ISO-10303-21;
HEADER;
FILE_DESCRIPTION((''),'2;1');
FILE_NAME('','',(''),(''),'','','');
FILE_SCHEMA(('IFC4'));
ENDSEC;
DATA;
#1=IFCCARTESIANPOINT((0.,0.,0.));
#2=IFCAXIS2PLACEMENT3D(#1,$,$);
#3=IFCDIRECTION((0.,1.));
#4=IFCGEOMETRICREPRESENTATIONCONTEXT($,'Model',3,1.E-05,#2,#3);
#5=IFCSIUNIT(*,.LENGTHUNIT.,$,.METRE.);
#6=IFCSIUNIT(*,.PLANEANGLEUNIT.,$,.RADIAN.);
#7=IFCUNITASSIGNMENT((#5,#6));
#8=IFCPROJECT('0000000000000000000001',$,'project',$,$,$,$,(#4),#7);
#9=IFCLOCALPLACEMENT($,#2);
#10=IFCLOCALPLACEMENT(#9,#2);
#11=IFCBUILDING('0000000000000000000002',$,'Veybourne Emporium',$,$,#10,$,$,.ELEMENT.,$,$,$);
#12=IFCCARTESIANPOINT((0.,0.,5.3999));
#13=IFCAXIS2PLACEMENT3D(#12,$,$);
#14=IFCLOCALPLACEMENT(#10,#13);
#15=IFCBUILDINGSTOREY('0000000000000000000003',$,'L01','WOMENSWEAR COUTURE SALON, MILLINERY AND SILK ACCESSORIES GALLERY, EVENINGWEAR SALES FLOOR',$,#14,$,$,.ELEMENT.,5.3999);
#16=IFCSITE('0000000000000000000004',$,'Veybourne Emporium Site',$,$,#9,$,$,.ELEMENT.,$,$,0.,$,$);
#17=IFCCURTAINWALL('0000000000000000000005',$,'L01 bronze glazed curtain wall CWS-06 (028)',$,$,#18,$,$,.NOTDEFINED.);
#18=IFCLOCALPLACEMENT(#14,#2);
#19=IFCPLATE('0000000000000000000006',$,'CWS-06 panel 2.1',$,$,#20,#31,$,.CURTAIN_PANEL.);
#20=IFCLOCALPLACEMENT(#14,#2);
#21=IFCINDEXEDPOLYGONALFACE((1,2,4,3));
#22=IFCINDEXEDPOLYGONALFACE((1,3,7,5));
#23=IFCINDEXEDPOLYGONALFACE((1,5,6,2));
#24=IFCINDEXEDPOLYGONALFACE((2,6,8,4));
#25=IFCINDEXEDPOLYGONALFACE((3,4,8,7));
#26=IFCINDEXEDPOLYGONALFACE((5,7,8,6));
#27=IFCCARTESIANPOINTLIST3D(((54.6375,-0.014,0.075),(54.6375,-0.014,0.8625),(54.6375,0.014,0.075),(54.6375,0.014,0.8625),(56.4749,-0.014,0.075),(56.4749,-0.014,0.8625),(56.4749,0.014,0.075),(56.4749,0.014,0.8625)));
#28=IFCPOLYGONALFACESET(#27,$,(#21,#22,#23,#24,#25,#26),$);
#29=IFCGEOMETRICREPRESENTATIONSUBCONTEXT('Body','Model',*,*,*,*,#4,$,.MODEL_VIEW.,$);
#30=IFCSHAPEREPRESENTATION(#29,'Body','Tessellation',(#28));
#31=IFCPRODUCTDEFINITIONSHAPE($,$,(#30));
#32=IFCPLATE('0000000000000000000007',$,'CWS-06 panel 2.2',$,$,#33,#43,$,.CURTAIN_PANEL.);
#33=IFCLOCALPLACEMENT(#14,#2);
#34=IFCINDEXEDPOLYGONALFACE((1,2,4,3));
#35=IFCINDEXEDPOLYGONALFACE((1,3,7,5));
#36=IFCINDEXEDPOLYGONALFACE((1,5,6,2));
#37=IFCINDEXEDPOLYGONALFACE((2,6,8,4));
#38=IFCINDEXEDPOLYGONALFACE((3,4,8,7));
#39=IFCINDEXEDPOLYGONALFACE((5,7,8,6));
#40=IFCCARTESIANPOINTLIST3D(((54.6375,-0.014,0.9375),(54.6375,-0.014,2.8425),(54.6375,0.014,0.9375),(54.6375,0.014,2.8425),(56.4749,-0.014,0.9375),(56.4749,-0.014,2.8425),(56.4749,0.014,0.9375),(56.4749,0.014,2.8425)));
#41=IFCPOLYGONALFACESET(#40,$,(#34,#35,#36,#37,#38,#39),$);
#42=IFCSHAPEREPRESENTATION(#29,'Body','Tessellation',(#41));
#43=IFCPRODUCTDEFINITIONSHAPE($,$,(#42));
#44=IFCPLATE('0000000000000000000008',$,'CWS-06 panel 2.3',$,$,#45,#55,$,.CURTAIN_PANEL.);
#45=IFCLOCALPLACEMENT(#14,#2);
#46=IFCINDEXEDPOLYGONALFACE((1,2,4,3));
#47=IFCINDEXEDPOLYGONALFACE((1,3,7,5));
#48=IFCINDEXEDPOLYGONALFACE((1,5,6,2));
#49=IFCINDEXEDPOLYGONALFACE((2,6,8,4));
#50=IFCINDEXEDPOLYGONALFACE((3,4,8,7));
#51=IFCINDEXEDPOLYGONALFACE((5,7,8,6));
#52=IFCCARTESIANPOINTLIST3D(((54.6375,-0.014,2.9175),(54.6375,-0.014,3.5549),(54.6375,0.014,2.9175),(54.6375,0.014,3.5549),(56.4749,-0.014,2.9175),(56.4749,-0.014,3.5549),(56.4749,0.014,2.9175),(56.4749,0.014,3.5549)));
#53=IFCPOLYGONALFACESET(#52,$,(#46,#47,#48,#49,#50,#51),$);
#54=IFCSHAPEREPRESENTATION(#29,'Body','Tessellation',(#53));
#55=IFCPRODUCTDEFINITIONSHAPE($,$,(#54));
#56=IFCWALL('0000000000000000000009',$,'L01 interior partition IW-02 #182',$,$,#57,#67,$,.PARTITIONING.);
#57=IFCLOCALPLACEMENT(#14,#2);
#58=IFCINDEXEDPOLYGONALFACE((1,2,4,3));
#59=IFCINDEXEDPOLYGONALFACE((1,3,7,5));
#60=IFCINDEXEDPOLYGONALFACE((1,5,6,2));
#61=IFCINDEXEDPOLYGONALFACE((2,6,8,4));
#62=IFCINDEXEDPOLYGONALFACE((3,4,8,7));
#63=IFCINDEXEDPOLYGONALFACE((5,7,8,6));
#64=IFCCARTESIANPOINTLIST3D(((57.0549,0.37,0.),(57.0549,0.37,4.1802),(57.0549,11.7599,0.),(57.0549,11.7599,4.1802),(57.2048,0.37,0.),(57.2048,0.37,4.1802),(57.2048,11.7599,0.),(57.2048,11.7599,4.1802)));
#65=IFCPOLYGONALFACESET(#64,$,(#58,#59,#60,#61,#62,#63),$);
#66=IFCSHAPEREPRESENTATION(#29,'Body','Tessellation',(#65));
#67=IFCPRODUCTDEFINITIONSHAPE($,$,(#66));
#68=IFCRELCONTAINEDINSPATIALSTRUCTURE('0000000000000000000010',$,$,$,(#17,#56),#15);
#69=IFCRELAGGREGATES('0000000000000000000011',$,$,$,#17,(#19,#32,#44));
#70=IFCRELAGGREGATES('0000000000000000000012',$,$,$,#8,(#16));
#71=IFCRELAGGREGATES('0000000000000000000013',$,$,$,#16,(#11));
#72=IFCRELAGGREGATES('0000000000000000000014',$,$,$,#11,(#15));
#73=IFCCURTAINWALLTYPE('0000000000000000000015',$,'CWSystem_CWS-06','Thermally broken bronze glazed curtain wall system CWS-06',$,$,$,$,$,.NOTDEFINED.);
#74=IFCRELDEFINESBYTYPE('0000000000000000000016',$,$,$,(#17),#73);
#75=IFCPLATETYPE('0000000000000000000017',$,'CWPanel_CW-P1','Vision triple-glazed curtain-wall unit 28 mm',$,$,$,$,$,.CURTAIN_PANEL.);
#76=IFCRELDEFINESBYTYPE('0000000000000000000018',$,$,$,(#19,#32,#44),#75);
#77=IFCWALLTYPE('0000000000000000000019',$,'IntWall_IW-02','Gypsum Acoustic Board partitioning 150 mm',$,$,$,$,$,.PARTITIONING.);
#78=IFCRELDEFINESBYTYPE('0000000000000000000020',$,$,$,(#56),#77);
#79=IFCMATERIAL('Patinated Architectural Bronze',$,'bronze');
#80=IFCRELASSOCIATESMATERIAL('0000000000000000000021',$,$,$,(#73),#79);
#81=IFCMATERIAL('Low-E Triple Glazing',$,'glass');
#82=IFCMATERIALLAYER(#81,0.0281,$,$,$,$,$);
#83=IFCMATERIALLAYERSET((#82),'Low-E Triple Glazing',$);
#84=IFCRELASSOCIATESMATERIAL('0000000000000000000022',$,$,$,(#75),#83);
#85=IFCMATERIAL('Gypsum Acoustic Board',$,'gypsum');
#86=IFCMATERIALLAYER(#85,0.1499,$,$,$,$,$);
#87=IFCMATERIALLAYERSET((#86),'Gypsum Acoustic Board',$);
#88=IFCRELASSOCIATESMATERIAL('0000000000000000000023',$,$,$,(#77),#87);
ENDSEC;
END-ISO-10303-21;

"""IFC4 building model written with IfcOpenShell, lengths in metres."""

from ifc_helpers import new_model, si_unit, direction, frame, frame_2d, origin, origin_2d, place, context, subcontext, project, spatial, rectangle, extrude, material, layer, layer_set, type_object, element, aggregate, save


model = new_model("IFC4")

# Units and contexts
model_context = context("Model", 3, precision=1e-05, world=origin(), true_north=direction((0.0, 1.0)))
body_context = subcontext(model_context, "Body", "Model", "MODEL_VIEW")
ifc_project = project(units=[si_unit("LENGTHUNIT", "METRE"), si_unit("PLANEANGLEUNIT", "RADIAN")], contexts=[model_context])

# Site, building, storey
site_placement = place(None, origin())
site = spatial("IfcSite", under=ifc_project, at=site_placement, Name="Veybourne Emporium Site", CompositionType="ELEMENT", RefElevation=0.0)
building_placement = place(site_placement, origin())
building = spatial("IfcBuilding", under=site, at=building_placement, Name="Veybourne Emporium", CompositionType="ELEMENT")
storey_placement = place(building_placement, frame((0.0, 0.0, 5.3999)))
storey = spatial("IfcBuildingStorey", under=building, at=storey_placement, Name="L01", Description="WOMENSWEAR COUTURE SALON, MILLINERY AND SILK ACCESSORIES GALLERY, EVENINGWEAR SALES FLOOR", CompositionType="ELEMENT", Elevation=5.3999)

# Curtain wall
ifc_material_1 = material(Name="Patinated Architectural Bronze", Category="bronze")
curtain_wall_type = type_object("IfcCurtainWallType", Name="CWSystem_CWS-06", Description="Thermally broken bronze glazed curtain wall system CWS-06", PredefinedType="NOTDEFINED", material=ifc_material_1)
curtain_wall_placement = place(storey_placement, origin())
curtain_wall = element("IfcCurtainWall", 1, at=curtain_wall_placement, inside=storey, type_object=curtain_wall_type, Name="L01 bronze glazed curtain wall CWS-06 (028)", PredefinedType="NOTDEFINED")

# Plates
ifc_material_2 = material(Name="Low-E Triple Glazing", Category="glass")
ifc_layer_1 = layer(ifc_material_2, 0.0281)
ifc_layer_set_1 = layer_set([ifc_layer_1], Name="Low-E Triple Glazing")
plate_type = type_object("IfcPlateType", Name="CWPanel_CW-P1", Description="Vision triple-glazed curtain-wall unit 28 mm", PredefinedType="CURTAIN_PANEL", material=ifc_layer_set_1)
plate_1_placement = place(storey_placement, frame((55.5562, 0.0, 0.075), z_axis=(0.0, 0.0, 1.0), x_axis=(-1.0, 0.0, 0.0)))
plate_1 = element("IfcPlate", 2, at=plate_1_placement, type_object=plate_type, Name="CWS-06 panel 2.1", PredefinedType="CURTAIN_PANEL", context=body_context, shape_type="SweptSolid", body=[
    extrude(rectangle(XDim=1.8374, YDim=0.0281, at=origin_2d()), origin(), (0.0, 0.0, 1.0), 0.7876),
])
plate_2_placement = place(storey_placement, frame((55.5562, 0.0, 0.9375), z_axis=(0.0, 0.0, 1.0), x_axis=(-1.0, 0.0, 0.0)))
plate_2 = element("IfcPlate", 3, at=plate_2_placement, type_object=plate_type, Name="CWS-06 panel 2.2", PredefinedType="CURTAIN_PANEL", context=body_context, shape_type="SweptSolid", body=[
    extrude(rectangle(XDim=1.8374, YDim=0.0281, at=origin_2d()), origin(), (0.0, 0.0, 1.0), 1.905),
])
plate_3_placement = place(storey_placement, frame((55.5562, 0.0, 2.9175), z_axis=(0.0, 0.0, 1.0), x_axis=(-1.0, 0.0, 0.0)))
plate_3 = element("IfcPlate", 4, at=plate_3_placement, type_object=plate_type, Name="CWS-06 panel 2.3", PredefinedType="CURTAIN_PANEL", context=body_context, shape_type="SweptSolid", body=[
    extrude(rectangle(XDim=1.8374, YDim=0.0281, at=origin_2d()), origin(), (0.0, 0.0, 1.0), 0.6375),
])
aggregate(curtain_wall, [plate_1, plate_2, plate_3])

# Wall
ifc_material_3 = material(Name="Gypsum Acoustic Board", Category="gypsum")
ifc_layer_2 = layer(ifc_material_3, 0.1499)
ifc_layer_set_2 = layer_set([ifc_layer_2], Name="Gypsum Acoustic Board")
wall_type = type_object("IfcWallType", Name="IntWall_IW-02", Description="Gypsum Acoustic Board partitioning 150 mm", PredefinedType="PARTITIONING", material=ifc_layer_set_2)
wall_placement = place(storey_placement, frame((57.1299, 0.3701, 0.0), z_axis=(0.0, 0.0, 1.0), x_axis=(0.0, 1.0, 0.0)))
element("IfcWall", 5, at=wall_placement, inside=storey, type_object=wall_type, Name="L01 interior partition IW-02 #182", PredefinedType="PARTITIONING", context=body_context, shape_type="SweptSolid", body=[
    extrude(rectangle(XDim=11.3899, YDim=0.1499, at=frame_2d((5.6948, 0.0))), origin(), (0.0, 0.0, 1.0), 4.1802),
])

save(model, "model.ifc")
